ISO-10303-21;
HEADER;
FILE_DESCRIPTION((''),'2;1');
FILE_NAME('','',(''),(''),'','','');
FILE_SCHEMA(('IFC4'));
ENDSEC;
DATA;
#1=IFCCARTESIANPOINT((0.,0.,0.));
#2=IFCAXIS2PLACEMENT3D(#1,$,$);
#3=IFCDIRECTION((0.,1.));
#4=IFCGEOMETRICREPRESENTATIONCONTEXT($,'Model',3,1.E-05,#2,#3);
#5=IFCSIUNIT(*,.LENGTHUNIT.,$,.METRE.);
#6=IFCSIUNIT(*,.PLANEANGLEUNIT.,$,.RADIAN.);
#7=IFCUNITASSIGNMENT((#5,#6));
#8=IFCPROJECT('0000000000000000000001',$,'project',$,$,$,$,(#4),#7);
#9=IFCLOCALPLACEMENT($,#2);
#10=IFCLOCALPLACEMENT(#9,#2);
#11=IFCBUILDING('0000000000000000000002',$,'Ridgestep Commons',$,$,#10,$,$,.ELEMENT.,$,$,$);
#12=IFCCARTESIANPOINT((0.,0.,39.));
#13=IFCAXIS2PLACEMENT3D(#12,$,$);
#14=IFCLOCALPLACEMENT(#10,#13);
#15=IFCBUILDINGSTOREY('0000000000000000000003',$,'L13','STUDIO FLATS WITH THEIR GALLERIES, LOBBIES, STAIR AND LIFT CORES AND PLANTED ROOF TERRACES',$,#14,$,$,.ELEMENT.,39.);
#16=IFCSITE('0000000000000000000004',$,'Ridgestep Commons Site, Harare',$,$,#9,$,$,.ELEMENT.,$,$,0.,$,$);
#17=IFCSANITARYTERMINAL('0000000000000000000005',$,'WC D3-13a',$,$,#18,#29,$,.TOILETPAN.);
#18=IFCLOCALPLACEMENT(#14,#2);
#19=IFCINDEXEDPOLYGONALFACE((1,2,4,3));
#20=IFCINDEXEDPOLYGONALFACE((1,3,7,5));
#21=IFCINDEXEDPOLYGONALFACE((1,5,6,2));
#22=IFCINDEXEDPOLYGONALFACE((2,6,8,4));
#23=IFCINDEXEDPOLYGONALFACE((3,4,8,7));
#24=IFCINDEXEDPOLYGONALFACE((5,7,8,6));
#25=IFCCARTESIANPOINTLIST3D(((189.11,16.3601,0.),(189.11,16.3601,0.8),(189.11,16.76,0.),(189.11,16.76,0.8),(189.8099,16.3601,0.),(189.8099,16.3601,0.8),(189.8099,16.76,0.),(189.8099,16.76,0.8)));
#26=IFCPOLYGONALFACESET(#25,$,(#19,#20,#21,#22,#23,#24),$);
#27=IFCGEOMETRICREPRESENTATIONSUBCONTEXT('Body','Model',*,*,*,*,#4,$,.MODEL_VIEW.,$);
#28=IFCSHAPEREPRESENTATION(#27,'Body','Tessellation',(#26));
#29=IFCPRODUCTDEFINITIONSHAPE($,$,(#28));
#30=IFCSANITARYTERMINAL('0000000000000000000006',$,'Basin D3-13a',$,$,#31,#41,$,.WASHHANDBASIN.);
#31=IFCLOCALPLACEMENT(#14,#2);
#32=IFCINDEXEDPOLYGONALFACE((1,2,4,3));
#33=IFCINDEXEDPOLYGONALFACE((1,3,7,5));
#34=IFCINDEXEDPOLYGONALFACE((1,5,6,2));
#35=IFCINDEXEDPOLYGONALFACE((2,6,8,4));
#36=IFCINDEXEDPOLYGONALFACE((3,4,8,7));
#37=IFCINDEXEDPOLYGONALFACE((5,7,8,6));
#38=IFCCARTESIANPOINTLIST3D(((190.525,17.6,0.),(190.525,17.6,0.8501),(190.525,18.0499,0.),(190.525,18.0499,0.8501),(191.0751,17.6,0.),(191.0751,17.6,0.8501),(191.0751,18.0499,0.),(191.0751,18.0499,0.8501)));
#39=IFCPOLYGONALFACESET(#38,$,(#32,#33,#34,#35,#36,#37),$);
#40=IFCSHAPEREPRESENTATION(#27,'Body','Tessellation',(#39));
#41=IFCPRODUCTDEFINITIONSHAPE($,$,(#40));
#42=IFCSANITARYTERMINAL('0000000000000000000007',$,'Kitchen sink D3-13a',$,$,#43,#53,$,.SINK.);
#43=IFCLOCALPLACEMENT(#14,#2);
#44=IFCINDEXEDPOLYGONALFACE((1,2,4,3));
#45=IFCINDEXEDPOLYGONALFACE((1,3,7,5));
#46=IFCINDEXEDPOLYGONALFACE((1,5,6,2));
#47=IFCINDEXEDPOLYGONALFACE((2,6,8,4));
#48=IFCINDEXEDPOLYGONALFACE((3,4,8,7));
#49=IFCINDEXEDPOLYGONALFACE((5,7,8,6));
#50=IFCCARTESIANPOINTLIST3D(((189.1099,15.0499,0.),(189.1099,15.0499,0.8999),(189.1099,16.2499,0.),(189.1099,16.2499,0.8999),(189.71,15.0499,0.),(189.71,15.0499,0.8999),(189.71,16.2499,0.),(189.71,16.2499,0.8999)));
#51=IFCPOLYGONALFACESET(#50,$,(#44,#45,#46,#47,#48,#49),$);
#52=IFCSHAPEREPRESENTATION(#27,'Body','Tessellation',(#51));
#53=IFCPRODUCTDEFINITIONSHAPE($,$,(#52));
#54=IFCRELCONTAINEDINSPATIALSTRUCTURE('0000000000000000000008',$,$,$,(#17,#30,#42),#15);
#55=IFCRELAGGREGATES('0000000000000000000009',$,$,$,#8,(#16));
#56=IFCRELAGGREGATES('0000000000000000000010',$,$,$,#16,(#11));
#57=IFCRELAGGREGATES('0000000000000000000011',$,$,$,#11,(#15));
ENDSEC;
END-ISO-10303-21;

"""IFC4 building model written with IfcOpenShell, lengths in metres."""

from ifc_helpers import new_model, si_unit, direction, frame, origin, origin_2d, place, context, subcontext, project, spatial, rectangle, extrude, element, save


model = new_model("IFC4")

# Units and contexts
model_context = context("Model", 3, precision=1e-05, world=origin(), true_north=direction((0.0, 1.0)))
body_context = subcontext(model_context, "Body", "Model", "MODEL_VIEW")
ifc_project = project(units=[si_unit("LENGTHUNIT", "METRE"), si_unit("PLANEANGLEUNIT", "RADIAN")], contexts=[model_context])

# Site, building, storey
site_placement = place(None, origin())
site = spatial("IfcSite", under=ifc_project, at=site_placement, Name="Ridgestep Commons Site, Harare", CompositionType="ELEMENT", RefElevation=0.0)
building_placement = place(site_placement, origin())
building = spatial("IfcBuilding", under=site, at=building_placement, Name="Ridgestep Commons", CompositionType="ELEMENT")
storey_placement = place(building_placement, frame((0.0, 0.0, 39.0)))
storey = spatial("IfcBuildingStorey", under=building, at=storey_placement, Name="L13", Description="STUDIO FLATS WITH THEIR GALLERIES, LOBBIES, STAIR AND LIFT CORES AND PLANTED ROOF TERRACES", CompositionType="ELEMENT", Elevation=39.0)

# Sanitary terminals
sanitary_terminal_1_placement = place(storey_placement, frame((189.46, 16.5601, 0.0), z_axis=(0.0, 0.0, 1.0), x_axis=(1.0, 0.0, 0.0)))
element("IfcSanitaryTerminal", 1, at=sanitary_terminal_1_placement, inside=storey, Name="WC D3-13a", PredefinedType="TOILETPAN", context=body_context, shape_type="SweptSolid", body=[
    extrude(rectangle(XDim=0.7, YDim=0.3999, at=origin_2d()), origin(), (0.0, 0.0, 1.0), 0.8),
])
sanitary_terminal_2_placement = place(storey_placement, frame((190.8, 17.825, 0.0), z_axis=(0.0, 0.0, 1.0), x_axis=(1.0, 0.0, 0.0)))
element("IfcSanitaryTerminal", 2, at=sanitary_terminal_2_placement, inside=storey, Name="Basin D3-13a", PredefinedType="WASHHANDBASIN", context=body_context, shape_type="SweptSolid", body=[
    extrude(rectangle(XDim=0.55, YDim=0.45, at=origin_2d()), origin(), (0.0, 0.0, 1.0), 0.8501),
])
sanitary_terminal_3_placement = place(storey_placement, frame((189.4099, 15.6499, 0.0), z_axis=(0.0, 0.0, 1.0), x_axis=(1.0, 0.0, 0.0)))
element("IfcSanitaryTerminal", 3, at=sanitary_terminal_3_placement, inside=storey, Name="Kitchen sink D3-13a", PredefinedType="SINK", context=body_context, shape_type="SweptSolid", body=[
    extrude(rectangle(XDim=0.6001, YDim=1.2, at=origin_2d()), origin(), (0.0, 0.0, 1.0), 0.8999),
])

save(model, "model.ifc")
